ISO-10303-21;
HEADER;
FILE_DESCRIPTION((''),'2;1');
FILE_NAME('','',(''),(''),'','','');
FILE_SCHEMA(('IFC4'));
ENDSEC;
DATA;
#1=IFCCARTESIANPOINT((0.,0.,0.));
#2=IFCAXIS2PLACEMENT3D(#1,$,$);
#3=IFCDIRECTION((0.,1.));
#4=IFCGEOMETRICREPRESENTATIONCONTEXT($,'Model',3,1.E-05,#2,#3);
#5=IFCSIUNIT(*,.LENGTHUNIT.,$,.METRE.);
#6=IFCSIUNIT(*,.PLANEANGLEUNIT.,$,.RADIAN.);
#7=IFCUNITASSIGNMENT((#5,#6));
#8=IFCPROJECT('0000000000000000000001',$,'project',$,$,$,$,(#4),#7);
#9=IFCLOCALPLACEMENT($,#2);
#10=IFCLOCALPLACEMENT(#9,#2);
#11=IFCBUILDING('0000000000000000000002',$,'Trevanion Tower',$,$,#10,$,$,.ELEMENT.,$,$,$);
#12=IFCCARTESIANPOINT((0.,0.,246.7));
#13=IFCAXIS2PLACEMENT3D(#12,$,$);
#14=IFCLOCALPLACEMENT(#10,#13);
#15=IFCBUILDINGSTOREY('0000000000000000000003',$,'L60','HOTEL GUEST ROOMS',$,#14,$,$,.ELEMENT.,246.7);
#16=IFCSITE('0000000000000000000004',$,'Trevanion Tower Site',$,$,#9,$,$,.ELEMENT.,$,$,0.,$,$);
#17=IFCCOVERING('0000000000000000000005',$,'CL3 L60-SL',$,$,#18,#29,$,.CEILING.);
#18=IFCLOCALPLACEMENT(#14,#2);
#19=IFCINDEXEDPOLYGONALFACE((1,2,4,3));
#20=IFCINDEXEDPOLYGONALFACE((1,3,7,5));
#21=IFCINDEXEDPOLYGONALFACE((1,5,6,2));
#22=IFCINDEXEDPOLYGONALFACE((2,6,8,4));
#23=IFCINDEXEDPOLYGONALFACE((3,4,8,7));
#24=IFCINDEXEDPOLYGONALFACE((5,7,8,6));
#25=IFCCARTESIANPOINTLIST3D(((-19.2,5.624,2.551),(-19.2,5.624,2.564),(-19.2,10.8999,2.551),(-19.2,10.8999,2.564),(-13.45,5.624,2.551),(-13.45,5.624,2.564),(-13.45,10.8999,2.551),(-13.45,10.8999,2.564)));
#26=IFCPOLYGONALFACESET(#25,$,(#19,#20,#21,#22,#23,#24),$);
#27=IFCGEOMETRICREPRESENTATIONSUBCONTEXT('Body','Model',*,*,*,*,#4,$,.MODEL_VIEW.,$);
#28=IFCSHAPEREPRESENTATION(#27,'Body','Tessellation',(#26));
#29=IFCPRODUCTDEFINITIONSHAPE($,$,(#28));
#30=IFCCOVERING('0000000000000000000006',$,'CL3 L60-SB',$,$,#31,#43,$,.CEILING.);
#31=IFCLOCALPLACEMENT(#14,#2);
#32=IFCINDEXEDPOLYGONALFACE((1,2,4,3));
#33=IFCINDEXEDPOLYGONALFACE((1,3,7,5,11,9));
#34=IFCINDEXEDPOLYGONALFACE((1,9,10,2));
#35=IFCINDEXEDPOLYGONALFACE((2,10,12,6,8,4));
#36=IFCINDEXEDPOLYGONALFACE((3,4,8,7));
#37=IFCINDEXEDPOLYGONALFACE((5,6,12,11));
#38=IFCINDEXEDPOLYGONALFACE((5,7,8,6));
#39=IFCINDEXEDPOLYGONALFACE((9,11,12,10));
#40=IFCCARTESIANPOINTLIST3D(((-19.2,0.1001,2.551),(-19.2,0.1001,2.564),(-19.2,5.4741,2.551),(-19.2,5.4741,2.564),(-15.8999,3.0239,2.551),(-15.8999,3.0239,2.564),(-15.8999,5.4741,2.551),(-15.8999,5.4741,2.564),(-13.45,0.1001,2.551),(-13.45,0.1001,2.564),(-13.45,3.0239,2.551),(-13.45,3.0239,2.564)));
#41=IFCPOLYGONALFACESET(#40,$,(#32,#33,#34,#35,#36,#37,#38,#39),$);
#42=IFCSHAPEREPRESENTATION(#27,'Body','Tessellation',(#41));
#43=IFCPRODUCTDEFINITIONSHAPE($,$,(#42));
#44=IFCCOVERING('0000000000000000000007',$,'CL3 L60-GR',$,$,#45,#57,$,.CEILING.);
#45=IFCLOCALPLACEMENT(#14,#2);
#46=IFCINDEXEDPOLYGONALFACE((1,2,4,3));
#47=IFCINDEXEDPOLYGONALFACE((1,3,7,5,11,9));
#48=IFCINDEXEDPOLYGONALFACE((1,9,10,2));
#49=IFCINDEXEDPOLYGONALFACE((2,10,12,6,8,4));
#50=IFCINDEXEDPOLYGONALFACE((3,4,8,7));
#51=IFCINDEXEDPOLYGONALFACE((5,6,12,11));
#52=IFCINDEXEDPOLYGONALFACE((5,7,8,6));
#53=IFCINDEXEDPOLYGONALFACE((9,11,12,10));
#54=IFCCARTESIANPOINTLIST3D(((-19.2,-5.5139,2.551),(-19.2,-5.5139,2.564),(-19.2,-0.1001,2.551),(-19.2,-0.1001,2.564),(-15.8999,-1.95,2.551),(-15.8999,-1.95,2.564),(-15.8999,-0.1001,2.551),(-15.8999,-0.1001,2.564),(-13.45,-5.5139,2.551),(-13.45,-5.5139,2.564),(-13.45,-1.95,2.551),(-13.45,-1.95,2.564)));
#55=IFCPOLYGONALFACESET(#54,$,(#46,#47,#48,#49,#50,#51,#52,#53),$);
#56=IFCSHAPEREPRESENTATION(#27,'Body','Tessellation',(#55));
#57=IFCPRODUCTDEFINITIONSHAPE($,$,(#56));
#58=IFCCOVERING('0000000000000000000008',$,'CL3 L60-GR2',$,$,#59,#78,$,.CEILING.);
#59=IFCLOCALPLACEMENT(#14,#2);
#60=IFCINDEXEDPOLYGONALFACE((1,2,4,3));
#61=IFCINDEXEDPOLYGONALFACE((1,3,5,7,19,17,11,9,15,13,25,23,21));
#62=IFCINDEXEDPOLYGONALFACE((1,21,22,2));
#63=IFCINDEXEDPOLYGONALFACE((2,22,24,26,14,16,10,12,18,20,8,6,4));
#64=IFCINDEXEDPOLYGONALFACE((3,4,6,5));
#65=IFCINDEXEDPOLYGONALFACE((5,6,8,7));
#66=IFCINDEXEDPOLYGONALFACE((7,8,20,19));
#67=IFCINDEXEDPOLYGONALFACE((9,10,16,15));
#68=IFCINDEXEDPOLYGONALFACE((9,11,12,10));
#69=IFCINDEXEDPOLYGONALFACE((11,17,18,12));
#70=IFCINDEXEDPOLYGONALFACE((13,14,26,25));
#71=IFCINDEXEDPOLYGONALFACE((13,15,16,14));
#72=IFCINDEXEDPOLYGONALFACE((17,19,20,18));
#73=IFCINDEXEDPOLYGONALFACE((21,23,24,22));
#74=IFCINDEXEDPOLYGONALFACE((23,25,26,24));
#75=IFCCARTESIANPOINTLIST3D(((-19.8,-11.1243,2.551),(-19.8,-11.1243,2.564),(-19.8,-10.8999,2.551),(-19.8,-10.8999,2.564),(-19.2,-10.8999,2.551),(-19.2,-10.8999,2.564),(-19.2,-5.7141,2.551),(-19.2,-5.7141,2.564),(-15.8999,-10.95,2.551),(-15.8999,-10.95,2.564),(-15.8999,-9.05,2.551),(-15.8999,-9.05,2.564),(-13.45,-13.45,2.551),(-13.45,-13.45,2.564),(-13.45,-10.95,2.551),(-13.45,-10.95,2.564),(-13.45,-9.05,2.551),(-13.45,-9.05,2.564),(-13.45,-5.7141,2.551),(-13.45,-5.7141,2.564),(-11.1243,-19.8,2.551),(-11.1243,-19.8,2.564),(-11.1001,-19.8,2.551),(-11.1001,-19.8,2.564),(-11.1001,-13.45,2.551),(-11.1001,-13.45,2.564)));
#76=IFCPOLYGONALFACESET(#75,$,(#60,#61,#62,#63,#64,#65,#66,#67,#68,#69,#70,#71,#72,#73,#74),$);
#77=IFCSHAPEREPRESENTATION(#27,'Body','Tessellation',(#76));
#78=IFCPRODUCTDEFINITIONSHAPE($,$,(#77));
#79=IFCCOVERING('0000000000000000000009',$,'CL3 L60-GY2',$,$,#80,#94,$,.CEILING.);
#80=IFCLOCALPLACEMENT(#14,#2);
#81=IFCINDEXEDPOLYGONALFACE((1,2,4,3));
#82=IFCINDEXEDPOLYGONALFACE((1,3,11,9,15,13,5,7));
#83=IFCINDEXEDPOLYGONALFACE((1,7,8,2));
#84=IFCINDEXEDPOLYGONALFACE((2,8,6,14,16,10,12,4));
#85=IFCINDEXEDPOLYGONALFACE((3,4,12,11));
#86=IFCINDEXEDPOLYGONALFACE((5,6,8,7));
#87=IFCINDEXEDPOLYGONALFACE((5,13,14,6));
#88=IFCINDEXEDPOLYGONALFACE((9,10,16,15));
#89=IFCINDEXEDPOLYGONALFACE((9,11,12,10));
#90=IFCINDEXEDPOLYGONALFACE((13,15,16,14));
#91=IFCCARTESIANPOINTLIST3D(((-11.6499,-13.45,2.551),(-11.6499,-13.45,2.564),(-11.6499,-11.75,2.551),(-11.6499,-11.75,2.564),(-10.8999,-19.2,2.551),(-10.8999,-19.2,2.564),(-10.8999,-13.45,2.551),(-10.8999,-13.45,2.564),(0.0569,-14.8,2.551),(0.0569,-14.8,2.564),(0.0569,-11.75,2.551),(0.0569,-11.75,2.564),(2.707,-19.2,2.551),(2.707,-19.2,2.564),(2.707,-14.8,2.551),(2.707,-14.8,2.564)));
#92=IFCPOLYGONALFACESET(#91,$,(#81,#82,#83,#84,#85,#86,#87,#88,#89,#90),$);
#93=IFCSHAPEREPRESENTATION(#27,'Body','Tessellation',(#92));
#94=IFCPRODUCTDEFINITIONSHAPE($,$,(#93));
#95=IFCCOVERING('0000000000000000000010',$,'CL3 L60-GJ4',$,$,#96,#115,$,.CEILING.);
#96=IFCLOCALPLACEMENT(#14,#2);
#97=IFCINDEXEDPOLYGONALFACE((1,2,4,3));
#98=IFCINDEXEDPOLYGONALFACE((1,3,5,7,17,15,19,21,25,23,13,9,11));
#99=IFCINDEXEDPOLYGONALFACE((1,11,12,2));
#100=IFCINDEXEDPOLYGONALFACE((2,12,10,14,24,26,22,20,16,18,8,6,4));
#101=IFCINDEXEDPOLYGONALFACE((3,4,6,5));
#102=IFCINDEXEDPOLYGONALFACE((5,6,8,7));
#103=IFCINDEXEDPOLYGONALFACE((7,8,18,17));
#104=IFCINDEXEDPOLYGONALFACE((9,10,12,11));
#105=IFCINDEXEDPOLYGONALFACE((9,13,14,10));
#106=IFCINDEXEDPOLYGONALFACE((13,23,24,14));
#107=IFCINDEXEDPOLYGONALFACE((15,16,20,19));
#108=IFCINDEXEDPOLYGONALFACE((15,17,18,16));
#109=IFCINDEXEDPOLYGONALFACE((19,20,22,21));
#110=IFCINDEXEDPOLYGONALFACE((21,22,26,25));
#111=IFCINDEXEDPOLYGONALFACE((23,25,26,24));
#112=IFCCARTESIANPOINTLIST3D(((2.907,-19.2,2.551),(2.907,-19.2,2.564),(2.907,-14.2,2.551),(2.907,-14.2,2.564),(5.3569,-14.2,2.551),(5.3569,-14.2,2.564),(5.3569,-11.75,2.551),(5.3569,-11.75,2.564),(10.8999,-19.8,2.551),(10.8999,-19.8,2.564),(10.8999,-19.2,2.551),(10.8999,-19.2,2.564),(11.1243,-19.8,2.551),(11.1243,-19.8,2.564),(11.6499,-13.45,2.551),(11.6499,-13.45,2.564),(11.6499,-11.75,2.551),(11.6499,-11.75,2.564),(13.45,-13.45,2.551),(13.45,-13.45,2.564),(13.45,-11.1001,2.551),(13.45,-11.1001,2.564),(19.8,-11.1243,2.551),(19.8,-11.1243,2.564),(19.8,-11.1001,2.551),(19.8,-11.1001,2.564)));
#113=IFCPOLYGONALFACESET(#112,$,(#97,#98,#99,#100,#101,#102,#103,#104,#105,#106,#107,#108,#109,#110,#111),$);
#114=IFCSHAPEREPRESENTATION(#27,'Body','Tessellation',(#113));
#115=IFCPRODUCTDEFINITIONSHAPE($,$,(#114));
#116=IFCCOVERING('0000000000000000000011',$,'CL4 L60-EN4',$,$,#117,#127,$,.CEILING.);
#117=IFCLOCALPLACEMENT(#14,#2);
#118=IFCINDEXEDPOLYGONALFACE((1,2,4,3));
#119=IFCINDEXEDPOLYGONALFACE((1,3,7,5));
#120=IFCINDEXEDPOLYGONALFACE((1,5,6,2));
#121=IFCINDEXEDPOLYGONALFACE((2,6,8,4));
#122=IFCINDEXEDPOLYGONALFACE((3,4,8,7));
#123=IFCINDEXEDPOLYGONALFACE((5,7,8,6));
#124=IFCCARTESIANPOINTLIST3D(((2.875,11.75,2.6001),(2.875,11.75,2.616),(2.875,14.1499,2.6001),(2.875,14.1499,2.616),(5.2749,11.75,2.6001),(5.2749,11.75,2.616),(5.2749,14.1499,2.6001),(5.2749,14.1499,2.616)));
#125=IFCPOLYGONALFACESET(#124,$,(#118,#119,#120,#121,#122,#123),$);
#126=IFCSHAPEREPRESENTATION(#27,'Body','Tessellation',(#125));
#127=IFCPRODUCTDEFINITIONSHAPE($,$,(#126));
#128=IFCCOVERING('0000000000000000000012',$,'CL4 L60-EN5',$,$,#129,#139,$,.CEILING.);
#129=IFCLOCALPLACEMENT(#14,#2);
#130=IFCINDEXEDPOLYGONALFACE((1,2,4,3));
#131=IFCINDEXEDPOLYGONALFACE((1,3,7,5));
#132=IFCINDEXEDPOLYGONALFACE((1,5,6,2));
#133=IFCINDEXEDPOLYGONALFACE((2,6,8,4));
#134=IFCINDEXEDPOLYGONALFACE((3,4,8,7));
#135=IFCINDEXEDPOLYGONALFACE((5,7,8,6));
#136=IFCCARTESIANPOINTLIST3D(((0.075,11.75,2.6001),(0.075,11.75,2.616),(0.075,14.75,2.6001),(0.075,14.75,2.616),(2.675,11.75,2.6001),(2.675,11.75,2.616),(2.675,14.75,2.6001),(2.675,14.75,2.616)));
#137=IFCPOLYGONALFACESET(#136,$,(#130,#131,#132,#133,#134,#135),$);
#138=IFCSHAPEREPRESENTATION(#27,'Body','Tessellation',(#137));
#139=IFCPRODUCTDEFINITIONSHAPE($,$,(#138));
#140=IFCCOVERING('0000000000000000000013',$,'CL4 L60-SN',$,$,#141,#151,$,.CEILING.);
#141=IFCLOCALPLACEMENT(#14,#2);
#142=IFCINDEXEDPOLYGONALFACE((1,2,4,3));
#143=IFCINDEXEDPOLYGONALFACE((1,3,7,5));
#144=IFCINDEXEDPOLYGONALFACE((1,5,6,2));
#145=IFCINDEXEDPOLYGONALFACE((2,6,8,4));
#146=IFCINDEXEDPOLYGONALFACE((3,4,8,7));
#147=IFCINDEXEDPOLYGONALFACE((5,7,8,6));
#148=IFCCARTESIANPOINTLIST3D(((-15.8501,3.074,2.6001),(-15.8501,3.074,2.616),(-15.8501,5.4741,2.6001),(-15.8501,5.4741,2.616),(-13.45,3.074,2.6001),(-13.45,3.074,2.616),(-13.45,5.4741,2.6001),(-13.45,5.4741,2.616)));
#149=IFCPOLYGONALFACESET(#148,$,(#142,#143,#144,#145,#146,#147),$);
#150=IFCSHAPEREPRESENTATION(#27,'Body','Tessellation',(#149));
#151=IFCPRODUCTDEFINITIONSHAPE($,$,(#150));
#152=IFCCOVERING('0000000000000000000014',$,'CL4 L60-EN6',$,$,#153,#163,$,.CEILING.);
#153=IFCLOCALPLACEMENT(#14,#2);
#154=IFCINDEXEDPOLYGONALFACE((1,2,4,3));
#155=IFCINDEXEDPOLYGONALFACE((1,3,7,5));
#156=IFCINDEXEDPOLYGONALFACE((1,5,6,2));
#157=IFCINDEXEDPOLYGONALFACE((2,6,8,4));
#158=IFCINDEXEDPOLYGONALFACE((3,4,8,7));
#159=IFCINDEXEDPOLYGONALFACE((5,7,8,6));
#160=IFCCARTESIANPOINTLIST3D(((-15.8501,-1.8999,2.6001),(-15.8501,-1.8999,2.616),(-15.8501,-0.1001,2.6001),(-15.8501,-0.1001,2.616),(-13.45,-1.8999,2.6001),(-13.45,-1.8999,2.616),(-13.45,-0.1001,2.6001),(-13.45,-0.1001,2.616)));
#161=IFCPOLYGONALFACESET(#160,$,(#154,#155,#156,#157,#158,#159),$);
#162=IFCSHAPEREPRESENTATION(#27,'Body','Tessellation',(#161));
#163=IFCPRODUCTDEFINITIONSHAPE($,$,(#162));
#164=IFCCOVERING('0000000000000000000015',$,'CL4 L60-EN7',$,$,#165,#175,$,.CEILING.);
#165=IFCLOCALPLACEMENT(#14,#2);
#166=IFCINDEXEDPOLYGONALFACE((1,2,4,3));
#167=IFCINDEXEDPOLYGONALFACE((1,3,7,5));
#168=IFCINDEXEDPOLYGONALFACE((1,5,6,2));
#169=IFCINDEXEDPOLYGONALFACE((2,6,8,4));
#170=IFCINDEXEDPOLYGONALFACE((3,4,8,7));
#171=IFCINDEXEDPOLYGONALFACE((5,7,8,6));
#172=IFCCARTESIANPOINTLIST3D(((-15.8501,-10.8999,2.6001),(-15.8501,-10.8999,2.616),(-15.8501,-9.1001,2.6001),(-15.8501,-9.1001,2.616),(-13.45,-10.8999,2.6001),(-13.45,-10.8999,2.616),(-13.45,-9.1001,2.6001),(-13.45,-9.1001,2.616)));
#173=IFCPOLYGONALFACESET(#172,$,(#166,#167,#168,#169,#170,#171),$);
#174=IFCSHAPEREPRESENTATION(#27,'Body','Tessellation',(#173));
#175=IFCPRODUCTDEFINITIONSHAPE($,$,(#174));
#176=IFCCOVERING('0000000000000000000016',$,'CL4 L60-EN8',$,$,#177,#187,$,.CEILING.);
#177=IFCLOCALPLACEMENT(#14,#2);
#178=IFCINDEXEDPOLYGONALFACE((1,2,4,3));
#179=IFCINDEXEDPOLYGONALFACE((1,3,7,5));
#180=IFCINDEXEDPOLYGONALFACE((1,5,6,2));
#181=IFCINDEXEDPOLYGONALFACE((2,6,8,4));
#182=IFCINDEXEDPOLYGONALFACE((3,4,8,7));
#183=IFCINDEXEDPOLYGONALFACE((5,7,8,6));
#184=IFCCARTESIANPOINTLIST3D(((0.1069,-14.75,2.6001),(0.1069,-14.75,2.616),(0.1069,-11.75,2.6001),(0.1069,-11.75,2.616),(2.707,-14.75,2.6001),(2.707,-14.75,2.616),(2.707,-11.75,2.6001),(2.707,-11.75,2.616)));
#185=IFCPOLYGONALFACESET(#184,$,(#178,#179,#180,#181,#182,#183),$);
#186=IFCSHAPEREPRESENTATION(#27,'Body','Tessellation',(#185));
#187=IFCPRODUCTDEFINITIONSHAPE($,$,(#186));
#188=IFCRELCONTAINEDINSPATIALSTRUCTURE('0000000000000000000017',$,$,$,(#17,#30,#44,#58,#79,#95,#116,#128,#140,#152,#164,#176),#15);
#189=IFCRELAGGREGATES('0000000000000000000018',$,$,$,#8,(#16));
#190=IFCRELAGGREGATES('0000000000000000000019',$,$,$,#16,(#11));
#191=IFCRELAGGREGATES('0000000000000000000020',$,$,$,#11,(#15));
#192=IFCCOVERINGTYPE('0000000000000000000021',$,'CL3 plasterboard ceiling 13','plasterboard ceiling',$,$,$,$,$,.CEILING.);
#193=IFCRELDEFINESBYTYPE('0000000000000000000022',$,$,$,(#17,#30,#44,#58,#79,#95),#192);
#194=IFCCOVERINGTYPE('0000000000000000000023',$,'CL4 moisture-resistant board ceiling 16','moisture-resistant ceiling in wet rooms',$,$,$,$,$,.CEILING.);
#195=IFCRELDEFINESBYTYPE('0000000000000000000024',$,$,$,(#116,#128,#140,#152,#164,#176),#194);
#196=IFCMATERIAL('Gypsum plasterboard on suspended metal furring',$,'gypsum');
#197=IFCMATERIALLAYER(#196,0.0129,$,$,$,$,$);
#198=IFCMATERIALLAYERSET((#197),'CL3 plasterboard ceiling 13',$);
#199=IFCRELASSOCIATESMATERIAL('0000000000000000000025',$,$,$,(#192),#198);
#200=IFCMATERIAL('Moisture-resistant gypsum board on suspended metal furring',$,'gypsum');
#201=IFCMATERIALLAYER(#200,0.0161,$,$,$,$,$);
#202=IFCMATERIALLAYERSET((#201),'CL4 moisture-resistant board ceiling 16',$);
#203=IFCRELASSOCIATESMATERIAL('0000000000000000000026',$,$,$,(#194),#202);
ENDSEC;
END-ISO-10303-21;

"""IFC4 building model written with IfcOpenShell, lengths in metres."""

from ifc_helpers import new_model, si_unit, direction, frame, origin, place, context, subcontext, project, spatial, polyline, outline, extrude, material, layer, layer_set, type_object, element, save


model = new_model("IFC4")

# Units and contexts
model_context = context("Model", 3, precision=1e-05, world=origin(), true_north=direction((0.0, 1.0)))
body_context = subcontext(model_context, "Body", "Model", "MODEL_VIEW")
ifc_project = project(units=[si_unit("LENGTHUNIT", "METRE"), si_unit("PLANEANGLEUNIT", "RADIAN")], contexts=[model_context])

# Site, building, storey
site_placement = place(None, origin())
site = spatial("IfcSite", under=ifc_project, at=site_placement, Name="Trevanion Tower Site", CompositionType="ELEMENT", RefElevation=0.0)
building_placement = place(site_placement, origin())
building = spatial("IfcBuilding", under=site, at=building_placement, Name="Trevanion Tower", CompositionType="ELEMENT")
storey_placement = place(building_placement, frame((0.0, 0.0, 246.7)))
storey = spatial("IfcBuildingStorey", under=building, at=storey_placement, Name="L60", Description="HOTEL GUEST ROOMS", CompositionType="ELEMENT", Elevation=246.7)

# Coverings
ifc_material_1 = material(Name="Gypsum plasterboard on suspended metal furring", Category="gypsum")
ifc_layer_1 = layer(ifc_material_1, 0.0129)
ifc_layer_set_1 = layer_set([ifc_layer_1], Name="CL3 plasterboard ceiling 13")
covering_type_1 = type_object("IfcCoveringType", Name="CL3 plasterboard ceiling 13", Description="plasterboard ceiling", PredefinedType="CEILING", material=ifc_layer_set_1)
covering_1_placement = place(storey_placement, frame((0.0, 0.0, 2.551)))
element("IfcCovering", 1, at=covering_1_placement, inside=storey, type_object=covering_type_1, Name="CL3 L60-SL", PredefinedType="CEILING", context=body_context, shape_type="SweptSolid", body=[
    extrude(outline(polyline([(-13.45, 10.8999), (-13.45, 5.624), (-19.2, 5.624), (-19.2, 10.8999), (-13.45, 10.8999)])), origin(), (0.0, 0.0, 1.0), 0.0129),
])
covering_2_placement = place(storey_placement, frame((0.0, 0.0, 2.551)))
element("IfcCovering", 2, at=covering_2_placement, inside=storey, type_object=covering_type_1, Name="CL3 L60-SB", PredefinedType="CEILING", context=body_context, shape_type="SweptSolid", body=[
    extrude(outline(polyline([(-13.45, 0.1001), (-19.2, 0.1001), (-19.2, 5.4741), (-15.8999, 5.4741), (-15.8999, 3.0239), (-13.45, 3.0239), (-13.45, 0.1001)])), origin(), (0.0, 0.0, 1.0), 0.0129),
])
covering_3_placement = place(storey_placement, frame((0.0, 0.0, 2.551)))
element("IfcCovering", 3, at=covering_3_placement, inside=storey, type_object=covering_type_1, Name="CL3 L60-GR", PredefinedType="CEILING", context=body_context, shape_type="SweptSolid", body=[
    extrude(outline(polyline([(-13.45, -5.5139), (-19.2, -5.5139), (-19.2, -0.1001), (-15.8999, -0.1001), (-15.8999, -1.95), (-13.45, -1.95), (-13.45, -5.5139)])), origin(), (0.0, 0.0, 1.0), 0.0129),
])
covering_4_placement = place(storey_placement, frame((0.0, 0.0, 2.551)))
element("IfcCovering", 4, at=covering_4_placement, inside=storey, type_object=covering_type_1, Name="CL3 L60-GR2", PredefinedType="CEILING", context=body_context, shape_type="SweptSolid", body=[
    extrude(outline(polyline([(-11.1001, -13.45), (-11.1001, -19.8), (-11.1243, -19.8), (-19.8, -11.1243), (-19.8, -10.8999), (-19.2, -10.8999), (-19.2, -5.7141), (-13.45, -5.7141), (-13.45, -9.05), (-15.8999, -9.05), (-15.8999, -10.95), (-13.45, -10.95), (-13.45, -13.45), (-11.1001, -13.45)])), origin(), (0.0, 0.0, 1.0), 0.0129),
])
covering_5_placement = place(storey_placement, frame((0.0, 0.0, 2.551)))
element("IfcCovering", 5, at=covering_5_placement, inside=storey, type_object=covering_type_1, Name="CL3 L60-GY2", PredefinedType="CEILING", context=body_context, shape_type="SweptSolid", body=[
    extrude(outline(polyline([(2.707, -19.2), (-10.8999, -19.2), (-10.8999, -13.45), (-11.6499, -13.45), (-11.6499, -11.75), (0.0569, -11.75), (0.0569, -14.8), (2.707, -14.8), (2.707, -19.2)])), origin(), (0.0, 0.0, 1.0), 0.0129),
])
covering_6_placement = place(storey_placement, frame((0.0, 0.0, 2.551)))
element("IfcCovering", 6, at=covering_6_placement, inside=storey, type_object=covering_type_1, Name="CL3 L60-GJ4", PredefinedType="CEILING", context=body_context, shape_type="SweptSolid", body=[
    extrude(outline(polyline([(13.45, -11.1001), (19.8, -11.1001), (19.8, -11.1243), (11.1243, -19.8), (10.8999, -19.8), (10.8999, -19.2), (2.907, -19.2), (2.907, -14.2), (5.3569, -14.2), (5.3569, -11.75), (11.6499, -11.75), (11.6499, -13.45), (13.45, -13.45), (13.45, -11.1001)])), origin(), (0.0, 0.0, 1.0), 0.0129),
])
ifc_material_2 = material(Name="Moisture-resistant gypsum board on suspended metal furring", Category="gypsum")
ifc_layer_2 = layer(ifc_material_2, 0.0161)
ifc_layer_set_2 = layer_set([ifc_layer_2], Name="CL4 moisture-resistant board ceiling 16")
covering_type_2 = type_object("IfcCoveringType", Name="CL4 moisture-resistant board ceiling 16", Description="moisture-resistant ceiling in wet rooms", PredefinedType="CEILING", material=ifc_layer_set_2)
covering_7_placement = place(storey_placement, frame((0.0, 0.0, 2.6001)))
element("IfcCovering", 7, at=covering_7_placement, inside=storey, type_object=covering_type_2, Name="CL4 L60-EN4", PredefinedType="CEILING", context=body_context, shape_type="SweptSolid", body=[
    extrude(outline(polyline([(5.2749, 14.1499), (2.875, 14.1499), (2.875, 11.75), (5.2749, 11.75), (5.2749, 14.1499)])), origin(), (0.0, 0.0, 1.0), 0.0159),
])
covering_8_placement = place(storey_placement, frame((0.0, 0.0, 2.6001)))
element("IfcCovering", 8, at=covering_8_placement, inside=storey, type_object=covering_type_2, Name="CL4 L60-EN5", PredefinedType="CEILING", context=body_context, shape_type="SweptSolid", body=[
    extrude(outline(polyline([(2.675, 14.75), (0.075, 14.75), (0.075, 11.75), (2.675, 11.75), (2.675, 14.75)])), origin(), (0.0, 0.0, 1.0), 0.0159),
])
covering_9_placement = place(storey_placement, frame((0.0, 0.0, 2.6001)))
element("IfcCovering", 9, at=covering_9_placement, inside=storey, type_object=covering_type_2, Name="CL4 L60-SN", PredefinedType="CEILING", context=body_context, shape_type="SweptSolid", body=[
    extrude(outline(polyline([(-15.8501, 5.4741), (-15.8501, 3.074), (-13.45, 3.074), (-13.45, 5.4741), (-15.8501, 5.4741)])), origin(), (0.0, 0.0, 1.0), 0.0159),
])
covering_10_placement = place(storey_placement, frame((0.0, 0.0, 2.6001)))
element("IfcCovering", 10, at=covering_10_placement, inside=storey, type_object=covering_type_2, Name="CL4 L60-EN6", PredefinedType="CEILING", context=body_context, shape_type="SweptSolid", body=[
    extrude(outline(polyline([(-15.8501, -0.1001), (-15.8501, -1.8999), (-13.45, -1.8999), (-13.45, -0.1001), (-15.8501, -0.1001)])), origin(), (0.0, 0.0, 1.0), 0.0159),
])
covering_11_placement = place(storey_placement, frame((0.0, 0.0, 2.6001)))
element("IfcCovering", 11, at=covering_11_placement, inside=storey, type_object=covering_type_2, Name="CL4 L60-EN7", PredefinedType="CEILING", context=body_context, shape_type="SweptSolid", body=[
    extrude(outline(polyline([(-15.8501, -9.1001), (-15.8501, -10.8999), (-13.45, -10.8999), (-13.45, -9.1001), (-15.8501, -9.1001)])), origin(), (0.0, 0.0, 1.0), 0.0159),
])
covering_12_placement = place(storey_placement, frame((0.0, 0.0, 2.6001)))
element("IfcCovering", 12, at=covering_12_placement, inside=storey, type_object=covering_type_2, Name="CL4 L60-EN8", PredefinedType="CEILING", context=body_context, shape_type="SweptSolid", body=[
    extrude(outline(polyline([(0.1069, -14.75), (2.707, -14.75), (2.707, -11.75), (0.1069, -11.75), (0.1069, -14.75)])), origin(), (0.0, 0.0, 1.0), 0.0159),
])

save(model, "model.ifc")
